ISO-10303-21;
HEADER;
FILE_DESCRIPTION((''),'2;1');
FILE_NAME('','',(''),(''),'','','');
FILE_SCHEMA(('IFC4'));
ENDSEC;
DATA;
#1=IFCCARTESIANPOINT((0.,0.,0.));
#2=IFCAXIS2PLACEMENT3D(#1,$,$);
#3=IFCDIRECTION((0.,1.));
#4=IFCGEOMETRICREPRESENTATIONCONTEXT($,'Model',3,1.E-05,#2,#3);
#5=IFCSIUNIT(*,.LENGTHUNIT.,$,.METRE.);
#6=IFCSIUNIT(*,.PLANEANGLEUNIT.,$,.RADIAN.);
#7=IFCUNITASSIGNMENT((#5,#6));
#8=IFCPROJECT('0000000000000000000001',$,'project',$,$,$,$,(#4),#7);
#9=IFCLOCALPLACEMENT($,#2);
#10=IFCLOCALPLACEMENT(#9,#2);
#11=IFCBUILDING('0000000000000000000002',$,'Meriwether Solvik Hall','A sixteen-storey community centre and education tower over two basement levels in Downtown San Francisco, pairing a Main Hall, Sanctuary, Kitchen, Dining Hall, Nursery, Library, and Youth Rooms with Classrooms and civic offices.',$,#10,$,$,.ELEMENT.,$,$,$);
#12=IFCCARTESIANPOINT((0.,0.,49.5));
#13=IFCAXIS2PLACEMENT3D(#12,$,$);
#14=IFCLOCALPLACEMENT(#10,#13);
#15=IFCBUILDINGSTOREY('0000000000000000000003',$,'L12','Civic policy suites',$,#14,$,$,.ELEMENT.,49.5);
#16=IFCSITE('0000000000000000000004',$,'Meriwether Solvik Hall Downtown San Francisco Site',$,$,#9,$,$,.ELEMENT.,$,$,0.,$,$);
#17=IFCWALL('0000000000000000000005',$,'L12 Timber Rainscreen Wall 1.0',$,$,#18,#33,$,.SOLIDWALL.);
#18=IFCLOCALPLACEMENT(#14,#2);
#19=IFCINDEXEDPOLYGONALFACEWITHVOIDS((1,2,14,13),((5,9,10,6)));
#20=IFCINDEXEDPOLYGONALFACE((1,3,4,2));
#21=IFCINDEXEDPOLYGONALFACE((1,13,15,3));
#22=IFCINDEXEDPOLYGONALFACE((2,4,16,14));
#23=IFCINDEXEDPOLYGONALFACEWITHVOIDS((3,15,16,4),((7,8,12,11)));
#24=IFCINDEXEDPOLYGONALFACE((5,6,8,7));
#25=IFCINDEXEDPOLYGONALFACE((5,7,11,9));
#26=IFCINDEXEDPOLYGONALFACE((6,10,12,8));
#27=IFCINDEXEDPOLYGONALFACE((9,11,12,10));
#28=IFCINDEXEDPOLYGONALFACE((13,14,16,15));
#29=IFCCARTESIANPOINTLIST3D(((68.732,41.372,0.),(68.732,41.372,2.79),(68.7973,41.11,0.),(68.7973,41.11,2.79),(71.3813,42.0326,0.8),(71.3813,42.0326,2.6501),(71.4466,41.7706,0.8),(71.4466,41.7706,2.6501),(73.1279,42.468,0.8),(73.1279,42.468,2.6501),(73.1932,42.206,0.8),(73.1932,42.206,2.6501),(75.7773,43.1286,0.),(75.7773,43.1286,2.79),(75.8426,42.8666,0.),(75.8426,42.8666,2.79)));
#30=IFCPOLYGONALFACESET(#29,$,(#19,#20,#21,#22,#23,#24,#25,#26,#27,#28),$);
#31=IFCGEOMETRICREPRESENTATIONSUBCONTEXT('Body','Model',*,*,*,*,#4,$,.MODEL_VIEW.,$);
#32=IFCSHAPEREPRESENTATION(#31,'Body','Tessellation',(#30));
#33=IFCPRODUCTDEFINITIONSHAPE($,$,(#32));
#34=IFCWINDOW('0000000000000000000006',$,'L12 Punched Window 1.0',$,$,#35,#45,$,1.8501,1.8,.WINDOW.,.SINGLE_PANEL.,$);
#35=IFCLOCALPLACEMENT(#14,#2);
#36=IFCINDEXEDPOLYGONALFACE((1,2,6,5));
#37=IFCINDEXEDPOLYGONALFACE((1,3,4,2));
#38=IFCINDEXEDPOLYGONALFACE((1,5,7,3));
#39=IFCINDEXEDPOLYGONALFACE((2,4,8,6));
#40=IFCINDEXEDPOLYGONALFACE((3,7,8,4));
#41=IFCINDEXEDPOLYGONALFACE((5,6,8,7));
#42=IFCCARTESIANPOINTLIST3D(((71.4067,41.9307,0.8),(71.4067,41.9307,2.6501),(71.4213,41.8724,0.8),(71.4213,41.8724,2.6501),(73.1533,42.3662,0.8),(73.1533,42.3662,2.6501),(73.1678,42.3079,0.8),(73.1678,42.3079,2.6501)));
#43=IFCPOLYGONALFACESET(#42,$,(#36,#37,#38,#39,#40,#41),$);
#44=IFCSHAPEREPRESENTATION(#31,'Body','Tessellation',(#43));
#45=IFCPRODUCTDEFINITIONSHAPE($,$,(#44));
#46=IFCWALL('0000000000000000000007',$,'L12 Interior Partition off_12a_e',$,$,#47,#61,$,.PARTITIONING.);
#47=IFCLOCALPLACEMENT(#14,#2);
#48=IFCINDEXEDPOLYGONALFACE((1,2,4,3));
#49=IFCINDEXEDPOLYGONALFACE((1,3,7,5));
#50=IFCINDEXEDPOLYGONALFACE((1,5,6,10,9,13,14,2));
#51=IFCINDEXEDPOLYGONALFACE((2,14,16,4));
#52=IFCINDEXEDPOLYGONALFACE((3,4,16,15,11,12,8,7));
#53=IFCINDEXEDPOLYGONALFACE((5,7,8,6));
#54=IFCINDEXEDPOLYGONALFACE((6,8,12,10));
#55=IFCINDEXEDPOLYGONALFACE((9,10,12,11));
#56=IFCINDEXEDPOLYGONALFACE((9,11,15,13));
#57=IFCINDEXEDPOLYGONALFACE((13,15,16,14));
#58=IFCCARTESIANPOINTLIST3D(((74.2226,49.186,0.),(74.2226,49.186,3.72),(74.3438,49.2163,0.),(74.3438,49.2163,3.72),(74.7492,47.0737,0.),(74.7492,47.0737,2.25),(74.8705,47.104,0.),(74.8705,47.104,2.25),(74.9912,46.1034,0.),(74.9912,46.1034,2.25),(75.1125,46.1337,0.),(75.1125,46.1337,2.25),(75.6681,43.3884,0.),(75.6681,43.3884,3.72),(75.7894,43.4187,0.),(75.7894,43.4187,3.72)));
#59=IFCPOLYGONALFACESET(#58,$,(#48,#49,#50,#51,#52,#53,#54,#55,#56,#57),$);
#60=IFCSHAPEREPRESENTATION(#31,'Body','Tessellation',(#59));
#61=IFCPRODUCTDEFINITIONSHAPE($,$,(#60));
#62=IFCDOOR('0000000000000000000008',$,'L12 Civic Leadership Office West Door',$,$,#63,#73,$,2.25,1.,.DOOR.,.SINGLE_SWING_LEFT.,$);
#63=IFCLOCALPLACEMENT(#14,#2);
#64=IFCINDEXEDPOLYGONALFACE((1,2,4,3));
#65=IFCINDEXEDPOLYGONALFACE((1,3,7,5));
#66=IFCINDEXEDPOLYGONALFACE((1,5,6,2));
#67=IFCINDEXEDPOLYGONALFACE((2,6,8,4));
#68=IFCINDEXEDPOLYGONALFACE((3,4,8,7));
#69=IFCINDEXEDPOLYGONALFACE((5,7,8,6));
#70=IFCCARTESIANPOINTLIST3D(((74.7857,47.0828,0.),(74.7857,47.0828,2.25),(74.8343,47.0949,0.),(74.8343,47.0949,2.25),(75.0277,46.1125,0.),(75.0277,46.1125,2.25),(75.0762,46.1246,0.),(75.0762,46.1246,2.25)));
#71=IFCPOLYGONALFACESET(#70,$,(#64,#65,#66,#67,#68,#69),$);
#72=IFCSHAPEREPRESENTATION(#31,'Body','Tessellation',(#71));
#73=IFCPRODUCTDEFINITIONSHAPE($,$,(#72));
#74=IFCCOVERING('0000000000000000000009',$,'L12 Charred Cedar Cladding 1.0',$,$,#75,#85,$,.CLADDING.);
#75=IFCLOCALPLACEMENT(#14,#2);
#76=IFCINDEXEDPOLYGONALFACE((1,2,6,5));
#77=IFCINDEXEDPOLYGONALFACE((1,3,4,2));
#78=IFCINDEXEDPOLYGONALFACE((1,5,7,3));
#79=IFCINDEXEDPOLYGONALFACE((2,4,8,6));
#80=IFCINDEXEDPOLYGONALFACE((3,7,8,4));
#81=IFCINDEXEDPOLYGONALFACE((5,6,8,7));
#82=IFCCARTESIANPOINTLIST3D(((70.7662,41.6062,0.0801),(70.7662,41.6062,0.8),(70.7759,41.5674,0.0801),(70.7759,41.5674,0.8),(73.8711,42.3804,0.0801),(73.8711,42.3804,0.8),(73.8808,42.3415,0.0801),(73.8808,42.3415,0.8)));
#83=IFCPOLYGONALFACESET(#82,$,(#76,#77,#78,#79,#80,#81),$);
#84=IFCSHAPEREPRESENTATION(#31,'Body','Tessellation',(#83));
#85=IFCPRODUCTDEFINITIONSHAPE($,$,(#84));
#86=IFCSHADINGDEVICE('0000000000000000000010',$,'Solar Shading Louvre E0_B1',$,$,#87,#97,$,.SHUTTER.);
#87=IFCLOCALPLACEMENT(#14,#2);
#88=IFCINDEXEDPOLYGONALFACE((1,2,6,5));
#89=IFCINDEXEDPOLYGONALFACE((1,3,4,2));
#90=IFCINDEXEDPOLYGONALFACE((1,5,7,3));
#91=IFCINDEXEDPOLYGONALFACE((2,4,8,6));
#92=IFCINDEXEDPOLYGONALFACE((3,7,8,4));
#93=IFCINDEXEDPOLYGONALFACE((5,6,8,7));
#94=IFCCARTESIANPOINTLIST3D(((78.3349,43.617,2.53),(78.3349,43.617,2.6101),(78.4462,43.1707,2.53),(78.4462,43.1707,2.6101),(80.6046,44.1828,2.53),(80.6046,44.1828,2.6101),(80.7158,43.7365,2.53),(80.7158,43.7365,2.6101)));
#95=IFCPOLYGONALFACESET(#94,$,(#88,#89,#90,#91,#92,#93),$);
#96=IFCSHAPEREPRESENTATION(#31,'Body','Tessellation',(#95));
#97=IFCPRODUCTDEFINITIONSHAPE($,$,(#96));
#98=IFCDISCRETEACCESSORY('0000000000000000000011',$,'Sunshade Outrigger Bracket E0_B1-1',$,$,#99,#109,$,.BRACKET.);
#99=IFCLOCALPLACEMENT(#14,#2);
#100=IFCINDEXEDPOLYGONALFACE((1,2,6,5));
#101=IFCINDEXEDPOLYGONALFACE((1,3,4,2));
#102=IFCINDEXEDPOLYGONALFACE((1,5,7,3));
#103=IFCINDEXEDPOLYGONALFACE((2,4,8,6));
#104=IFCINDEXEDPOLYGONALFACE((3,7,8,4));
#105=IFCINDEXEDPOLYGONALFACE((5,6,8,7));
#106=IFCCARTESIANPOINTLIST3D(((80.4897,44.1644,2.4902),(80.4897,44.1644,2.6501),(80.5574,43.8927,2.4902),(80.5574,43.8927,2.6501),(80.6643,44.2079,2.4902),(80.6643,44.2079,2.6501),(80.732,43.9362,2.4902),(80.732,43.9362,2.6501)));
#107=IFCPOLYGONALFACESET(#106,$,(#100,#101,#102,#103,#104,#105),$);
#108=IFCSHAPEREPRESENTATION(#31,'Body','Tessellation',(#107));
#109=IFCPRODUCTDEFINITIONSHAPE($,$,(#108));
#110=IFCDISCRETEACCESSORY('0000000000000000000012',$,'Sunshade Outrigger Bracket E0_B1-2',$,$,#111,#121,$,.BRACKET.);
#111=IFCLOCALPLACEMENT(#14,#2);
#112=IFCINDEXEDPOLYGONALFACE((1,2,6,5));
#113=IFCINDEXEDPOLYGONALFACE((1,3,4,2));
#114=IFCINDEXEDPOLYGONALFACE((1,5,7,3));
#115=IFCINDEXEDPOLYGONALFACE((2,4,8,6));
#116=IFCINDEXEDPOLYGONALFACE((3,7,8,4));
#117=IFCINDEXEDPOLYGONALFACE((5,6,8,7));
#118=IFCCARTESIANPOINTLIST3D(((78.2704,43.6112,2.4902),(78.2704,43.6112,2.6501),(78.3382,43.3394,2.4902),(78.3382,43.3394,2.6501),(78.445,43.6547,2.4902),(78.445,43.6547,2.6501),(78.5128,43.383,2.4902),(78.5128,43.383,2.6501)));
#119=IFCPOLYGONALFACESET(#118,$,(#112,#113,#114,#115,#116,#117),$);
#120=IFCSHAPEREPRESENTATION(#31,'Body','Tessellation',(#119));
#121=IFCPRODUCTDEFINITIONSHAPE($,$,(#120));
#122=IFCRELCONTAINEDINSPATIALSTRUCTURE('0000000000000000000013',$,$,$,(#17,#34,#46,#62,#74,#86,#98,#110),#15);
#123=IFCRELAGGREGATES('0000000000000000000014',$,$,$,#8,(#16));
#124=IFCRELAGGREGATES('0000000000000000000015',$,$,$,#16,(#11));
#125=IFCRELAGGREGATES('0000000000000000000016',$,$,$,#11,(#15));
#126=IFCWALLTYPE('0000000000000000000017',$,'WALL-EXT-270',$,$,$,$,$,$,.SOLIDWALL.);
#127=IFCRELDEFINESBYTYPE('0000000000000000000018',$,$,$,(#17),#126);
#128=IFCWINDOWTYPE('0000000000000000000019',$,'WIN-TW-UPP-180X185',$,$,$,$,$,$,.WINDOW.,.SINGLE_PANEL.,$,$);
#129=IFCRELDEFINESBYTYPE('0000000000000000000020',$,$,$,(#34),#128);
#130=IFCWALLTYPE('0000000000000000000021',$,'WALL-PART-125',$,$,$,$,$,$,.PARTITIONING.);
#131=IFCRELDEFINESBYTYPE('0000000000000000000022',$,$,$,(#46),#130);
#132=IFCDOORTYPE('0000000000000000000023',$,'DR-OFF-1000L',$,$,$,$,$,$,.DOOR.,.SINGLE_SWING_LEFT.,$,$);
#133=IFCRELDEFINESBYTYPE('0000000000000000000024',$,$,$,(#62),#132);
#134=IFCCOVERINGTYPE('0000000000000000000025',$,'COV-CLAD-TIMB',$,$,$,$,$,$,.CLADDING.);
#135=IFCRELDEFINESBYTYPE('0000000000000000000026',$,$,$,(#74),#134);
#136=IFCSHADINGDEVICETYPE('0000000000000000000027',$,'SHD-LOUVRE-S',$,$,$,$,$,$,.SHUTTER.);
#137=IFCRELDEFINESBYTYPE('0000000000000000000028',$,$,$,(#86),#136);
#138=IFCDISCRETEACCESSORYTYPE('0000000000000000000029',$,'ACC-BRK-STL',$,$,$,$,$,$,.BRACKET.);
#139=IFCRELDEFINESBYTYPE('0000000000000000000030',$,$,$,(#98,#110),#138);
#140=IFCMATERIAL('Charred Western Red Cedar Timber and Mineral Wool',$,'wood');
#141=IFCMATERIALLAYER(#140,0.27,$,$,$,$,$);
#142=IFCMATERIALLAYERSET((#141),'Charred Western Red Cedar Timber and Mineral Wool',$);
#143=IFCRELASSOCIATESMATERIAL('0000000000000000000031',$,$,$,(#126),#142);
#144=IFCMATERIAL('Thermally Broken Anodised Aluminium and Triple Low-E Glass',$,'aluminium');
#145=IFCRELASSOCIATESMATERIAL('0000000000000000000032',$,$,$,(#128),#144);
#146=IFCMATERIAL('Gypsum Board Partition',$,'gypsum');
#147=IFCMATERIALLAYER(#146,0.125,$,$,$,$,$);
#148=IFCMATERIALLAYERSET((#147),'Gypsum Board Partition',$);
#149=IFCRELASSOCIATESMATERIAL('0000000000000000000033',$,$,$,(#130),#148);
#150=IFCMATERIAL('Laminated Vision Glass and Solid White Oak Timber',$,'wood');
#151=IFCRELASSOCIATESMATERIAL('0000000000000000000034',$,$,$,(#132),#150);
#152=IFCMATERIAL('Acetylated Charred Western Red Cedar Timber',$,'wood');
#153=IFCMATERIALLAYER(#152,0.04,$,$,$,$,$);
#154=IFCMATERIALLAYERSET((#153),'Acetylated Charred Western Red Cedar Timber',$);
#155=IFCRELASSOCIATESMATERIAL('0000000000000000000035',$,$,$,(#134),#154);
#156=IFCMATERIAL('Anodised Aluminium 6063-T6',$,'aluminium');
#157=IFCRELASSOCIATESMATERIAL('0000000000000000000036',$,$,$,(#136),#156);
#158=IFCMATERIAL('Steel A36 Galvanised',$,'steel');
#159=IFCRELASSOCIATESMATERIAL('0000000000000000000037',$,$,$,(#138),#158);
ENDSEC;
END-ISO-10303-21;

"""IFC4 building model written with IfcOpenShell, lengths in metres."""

from ifc_helpers import new_model, si_unit, direction, frame, frame_2d, origin, origin_2d, place, context, subcontext, project, spatial, rectangle, extrude, material, layer, layer_set, type_object, element, fill, save


model = new_model("IFC4")

# Units and contexts
model_context = context("Model", 3, precision=1e-05, world=origin(), true_north=direction((0.0, 1.0)))
body_context = subcontext(model_context, "Body", "Model", "MODEL_VIEW")
ifc_project = project(units=[si_unit("LENGTHUNIT", "METRE"), si_unit("PLANEANGLEUNIT", "RADIAN")], contexts=[model_context])

# Site, building, storey
site_placement = place(None, origin())
site = spatial("IfcSite", under=ifc_project, at=site_placement, Name="Meriwether Solvik Hall Downtown San Francisco Site", CompositionType="ELEMENT", RefElevation=0.0)
building_placement = place(site_placement, origin())
building = spatial("IfcBuilding", under=site, at=building_placement, Name="Meriwether Solvik Hall", Description="A sixteen-storey community centre and education tower over two basement levels in Downtown San Francisco, pairing a Main Hall, Sanctuary, Kitchen, Dining Hall, Nursery, Library, and Youth Rooms with Classrooms and civic offices.", CompositionType="ELEMENT")
storey_placement = place(building_placement, frame((0.0, 0.0, 49.5)))
storey = spatial("IfcBuildingStorey", under=building, at=storey_placement, Name="L12", Description="Civic policy suites", CompositionType="ELEMENT", Elevation=49.5)

# Wall, opening, window
ifc_material_1 = material(Name="Charred Western Red Cedar Timber and Mineral Wool", Category="wood")
ifc_layer_1 = layer(ifc_material_1, 0.27)
ifc_layer_set_1 = layer_set([ifc_layer_1], Name="Charred Western Red Cedar Timber and Mineral Wool")
wall_type_1 = type_object("IfcWallType", Name="WALL-EXT-270", PredefinedType="SOLIDWALL", material=ifc_layer_set_1)
wall_1_placement = place(storey_placement, frame((75.8098, 42.9976, 0.0), z_axis=(0.0, 0.0, 1.0), x_axis=(-0.970297, -0.241918, 0.0)))
wall_1 = element("IfcWall", 1, at=wall_1_placement, inside=storey, type_object=wall_type_1, Name="L12 Timber Rainscreen Wall 1.0", PredefinedType="SOLIDWALL", context=body_context, shape_type="SweptSolid", body=[
    extrude(rectangle(XDim=7.261, YDim=0.27, at=frame_2d((3.6304, 0.0))), origin(), (0.0, 0.0, 1.0), 2.79),
])
opening_1_placement = place(wall_1_placement, frame((2.7305, 0.0, 0.8)))
opening_1 = element("IfcOpeningElement", 2, at=opening_1_placement, cuts=wall_1, PredefinedType="OPENING", context=body_context, shape_type="SweptSolid", body=[
    extrude(rectangle(XDim=1.8, YDim=1.8501, at=frame_2d((0.8999, 0.925))), frame((0.0, 0.147, 0.0), z_axis=(0.0, -1.0, 0.0), x_axis=(1.0, 0.0, 0.0)), (0.0, 0.0, 1.0), 0.2939),
])
ifc_material_2 = material(Name="Thermally Broken Anodised Aluminium and Triple Low-E Glass", Category="aluminium")
window_type = type_object("IfcWindowType", Name="WIN-TW-UPP-180X185", PartitioningType="SINGLE_PANEL", PredefinedType="WINDOW", material=ifc_material_2)
window_placement = place(opening_1_placement, origin())
window = element("IfcWindow", 3, at=window_placement, inside=storey, type_object=window_type, Name="L12 Punched Window 1.0", OverallHeight=1.8501, OverallWidth=1.8, PartitioningType="SINGLE_PANEL", PredefinedType="WINDOW", context=body_context, shape_type="SweptSolid", body=[
    extrude(rectangle(XDim=1.8, YDim=1.8501, at=frame_2d((0.8999, 0.925))), frame((0.0, 0.03, 0.0), z_axis=(0.0, -1.0, 0.0), x_axis=(1.0, 0.0, 0.0)), (0.0, 0.0, 1.0), 0.0601),
])
fill(opening_1, window)

# Wall, opening, door
ifc_material_3 = material(Name="Gypsum Board Partition", Category="gypsum")
ifc_layer_2 = layer(ifc_material_3, 0.125)
ifc_layer_set_2 = layer_set([ifc_layer_2], Name="Gypsum Board Partition")
wall_type_2 = type_object("IfcWallType", Name="WALL-PART-125", PredefinedType="PARTITIONING", material=ifc_layer_set_2)
wall_2_placement = place(storey_placement, frame((75.7288, 43.4036, 0.0), z_axis=(0.0, 0.0, 1.0), x_axis=(-0.24193, 0.970294, 0.0)))
wall_2 = element("IfcWall", 4, at=wall_2_placement, inside=storey, type_object=wall_type_2, Name="L12 Interior Partition off_12a_e", PredefinedType="PARTITIONING", context=body_context, shape_type="SweptSolid", body=[
    extrude(rectangle(XDim=5.9751, YDim=0.125, at=frame_2d((2.9875, 0.0))), origin(), (0.0, 0.0, 1.0), 3.72),
])
opening_2_placement = place(wall_2_placement, frame((2.7981, 0.0, 0.0)))
opening_2 = element("IfcOpeningElement", 5, at=opening_2_placement, cuts=wall_2, PredefinedType="OPENING", context=body_context, shape_type="SweptSolid", body=[
    extrude(rectangle(XDim=1.0, YDim=2.25, at=frame_2d((0.5, 1.125))), frame((0.0, 0.0745, 0.0), z_axis=(0.0, -1.0, 0.0), x_axis=(1.0, 0.0, 0.0)), (0.0, 0.0, 1.0), 0.1489),
])
ifc_material_4 = material(Name="Laminated Vision Glass and Solid White Oak Timber", Category="wood")
door_type = type_object("IfcDoorType", Name="DR-OFF-1000L", OperationType="SINGLE_SWING_LEFT", PredefinedType="DOOR", material=ifc_material_4)
door_placement = place(opening_2_placement, origin())
door = element("IfcDoor", 6, at=door_placement, inside=storey, type_object=door_type, Name="L12 Civic Leadership Office West Door", OperationType="SINGLE_SWING_LEFT", OverallHeight=2.25, OverallWidth=1.0, PredefinedType="DOOR", context=body_context, shape_type="SweptSolid", body=[
    extrude(rectangle(XDim=1.0, YDim=2.25, at=frame_2d((0.5, 1.125))), frame((0.0, 0.0249, 0.0), z_axis=(0.0, -1.0, 0.0), x_axis=(1.0, 0.0, 0.0)), (0.0, 0.0, 1.0), 0.05),
])
fill(opening_2, door)

# Covering
ifc_material_5 = material(Name="Acetylated Charred Western Red Cedar Timber", Category="wood")
ifc_layer_3 = layer(ifc_material_5, 0.04)
ifc_layer_set_3 = layer_set([ifc_layer_3], Name="Acetylated Charred Western Red Cedar Timber")
covering_type = type_object("IfcCoveringType", Name="COV-CLAD-TIMB", PredefinedType="CLADDING", material=ifc_layer_set_3)
covering_placement = place(storey_placement, frame((72.3235, 41.9739, 0.0801), z_axis=(0.0, 0.0, 1.0), x_axis=(-0.970296, -0.241922, 0.0)))
element("IfcCovering", 7, at=covering_placement, inside=storey, type_object=covering_type, Name="L12 Charred Cedar Cladding 1.0", PredefinedType="CLADDING", context=body_context, shape_type="SweptSolid", body=[
    extrude(rectangle(XDim=3.2, YDim=0.04, at=origin_2d()), origin(), (0.0, 0.0, 1.0), 0.72),
])

# Shading device
ifc_material_6 = material(Name="Anodised Aluminium 6063-T6", Category="aluminium")
shading_device_type = type_object("IfcShadingDeviceType", Name="SHD-LOUVRE-S", PredefinedType="SHUTTER", material=ifc_material_6)
shading_device_placement = place(storey_placement, frame((79.5254, 43.6768, 2.53), z_axis=(0.0, 0.0, 1.0), x_axis=(-0.970296, -0.241922, 0.0)))
element("IfcShadingDevice", 8, at=shading_device_placement, inside=storey, type_object=shading_device_type, Name="Solar Shading Louvre E0_B1", PredefinedType="SHUTTER", context=body_context, shape_type="SweptSolid", body=[
    extrude(rectangle(XDim=2.3391, YDim=0.46, at=origin_2d()), origin(), (0.0, 0.0, 1.0), 0.0801),
])

# Discrete accessories
ifc_material_7 = material(Name="Steel A36 Galvanised", Category="steel")
discrete_accessory_type = type_object("IfcDiscreteAccessoryType", Name="ACC-BRK-STL", PredefinedType="BRACKET", material=ifc_material_7)
for number, where, z_axis, x_axis, name in (
    (9, (80.6108, 44.0503, 2.4902), (0.0, 0.0, 1.0), (-0.970296, -0.241922, 0.0), "Sunshade Outrigger Bracket E0_B1-1"),
    (10, (78.3916, 43.4971, 2.4902), (0.0, 0.0, 1.0), (-0.970296, -0.241922, 0.0), "Sunshade Outrigger Bracket E0_B1-2"),
):
    element("IfcDiscreteAccessory", number, at=place(storey_placement, frame(where, z_axis=z_axis, x_axis=x_axis)), inside=storey, type_object=discrete_accessory_type, Name=name, PredefinedType="BRACKET", context=body_context, shape_type="SweptSolid", body=[
        extrude(rectangle(XDim=0.1799, YDim=0.28, at=origin_2d()), origin(), (0.0, 0.0, 1.0), 0.1599),
    ])

save(model, "model.ifc")
